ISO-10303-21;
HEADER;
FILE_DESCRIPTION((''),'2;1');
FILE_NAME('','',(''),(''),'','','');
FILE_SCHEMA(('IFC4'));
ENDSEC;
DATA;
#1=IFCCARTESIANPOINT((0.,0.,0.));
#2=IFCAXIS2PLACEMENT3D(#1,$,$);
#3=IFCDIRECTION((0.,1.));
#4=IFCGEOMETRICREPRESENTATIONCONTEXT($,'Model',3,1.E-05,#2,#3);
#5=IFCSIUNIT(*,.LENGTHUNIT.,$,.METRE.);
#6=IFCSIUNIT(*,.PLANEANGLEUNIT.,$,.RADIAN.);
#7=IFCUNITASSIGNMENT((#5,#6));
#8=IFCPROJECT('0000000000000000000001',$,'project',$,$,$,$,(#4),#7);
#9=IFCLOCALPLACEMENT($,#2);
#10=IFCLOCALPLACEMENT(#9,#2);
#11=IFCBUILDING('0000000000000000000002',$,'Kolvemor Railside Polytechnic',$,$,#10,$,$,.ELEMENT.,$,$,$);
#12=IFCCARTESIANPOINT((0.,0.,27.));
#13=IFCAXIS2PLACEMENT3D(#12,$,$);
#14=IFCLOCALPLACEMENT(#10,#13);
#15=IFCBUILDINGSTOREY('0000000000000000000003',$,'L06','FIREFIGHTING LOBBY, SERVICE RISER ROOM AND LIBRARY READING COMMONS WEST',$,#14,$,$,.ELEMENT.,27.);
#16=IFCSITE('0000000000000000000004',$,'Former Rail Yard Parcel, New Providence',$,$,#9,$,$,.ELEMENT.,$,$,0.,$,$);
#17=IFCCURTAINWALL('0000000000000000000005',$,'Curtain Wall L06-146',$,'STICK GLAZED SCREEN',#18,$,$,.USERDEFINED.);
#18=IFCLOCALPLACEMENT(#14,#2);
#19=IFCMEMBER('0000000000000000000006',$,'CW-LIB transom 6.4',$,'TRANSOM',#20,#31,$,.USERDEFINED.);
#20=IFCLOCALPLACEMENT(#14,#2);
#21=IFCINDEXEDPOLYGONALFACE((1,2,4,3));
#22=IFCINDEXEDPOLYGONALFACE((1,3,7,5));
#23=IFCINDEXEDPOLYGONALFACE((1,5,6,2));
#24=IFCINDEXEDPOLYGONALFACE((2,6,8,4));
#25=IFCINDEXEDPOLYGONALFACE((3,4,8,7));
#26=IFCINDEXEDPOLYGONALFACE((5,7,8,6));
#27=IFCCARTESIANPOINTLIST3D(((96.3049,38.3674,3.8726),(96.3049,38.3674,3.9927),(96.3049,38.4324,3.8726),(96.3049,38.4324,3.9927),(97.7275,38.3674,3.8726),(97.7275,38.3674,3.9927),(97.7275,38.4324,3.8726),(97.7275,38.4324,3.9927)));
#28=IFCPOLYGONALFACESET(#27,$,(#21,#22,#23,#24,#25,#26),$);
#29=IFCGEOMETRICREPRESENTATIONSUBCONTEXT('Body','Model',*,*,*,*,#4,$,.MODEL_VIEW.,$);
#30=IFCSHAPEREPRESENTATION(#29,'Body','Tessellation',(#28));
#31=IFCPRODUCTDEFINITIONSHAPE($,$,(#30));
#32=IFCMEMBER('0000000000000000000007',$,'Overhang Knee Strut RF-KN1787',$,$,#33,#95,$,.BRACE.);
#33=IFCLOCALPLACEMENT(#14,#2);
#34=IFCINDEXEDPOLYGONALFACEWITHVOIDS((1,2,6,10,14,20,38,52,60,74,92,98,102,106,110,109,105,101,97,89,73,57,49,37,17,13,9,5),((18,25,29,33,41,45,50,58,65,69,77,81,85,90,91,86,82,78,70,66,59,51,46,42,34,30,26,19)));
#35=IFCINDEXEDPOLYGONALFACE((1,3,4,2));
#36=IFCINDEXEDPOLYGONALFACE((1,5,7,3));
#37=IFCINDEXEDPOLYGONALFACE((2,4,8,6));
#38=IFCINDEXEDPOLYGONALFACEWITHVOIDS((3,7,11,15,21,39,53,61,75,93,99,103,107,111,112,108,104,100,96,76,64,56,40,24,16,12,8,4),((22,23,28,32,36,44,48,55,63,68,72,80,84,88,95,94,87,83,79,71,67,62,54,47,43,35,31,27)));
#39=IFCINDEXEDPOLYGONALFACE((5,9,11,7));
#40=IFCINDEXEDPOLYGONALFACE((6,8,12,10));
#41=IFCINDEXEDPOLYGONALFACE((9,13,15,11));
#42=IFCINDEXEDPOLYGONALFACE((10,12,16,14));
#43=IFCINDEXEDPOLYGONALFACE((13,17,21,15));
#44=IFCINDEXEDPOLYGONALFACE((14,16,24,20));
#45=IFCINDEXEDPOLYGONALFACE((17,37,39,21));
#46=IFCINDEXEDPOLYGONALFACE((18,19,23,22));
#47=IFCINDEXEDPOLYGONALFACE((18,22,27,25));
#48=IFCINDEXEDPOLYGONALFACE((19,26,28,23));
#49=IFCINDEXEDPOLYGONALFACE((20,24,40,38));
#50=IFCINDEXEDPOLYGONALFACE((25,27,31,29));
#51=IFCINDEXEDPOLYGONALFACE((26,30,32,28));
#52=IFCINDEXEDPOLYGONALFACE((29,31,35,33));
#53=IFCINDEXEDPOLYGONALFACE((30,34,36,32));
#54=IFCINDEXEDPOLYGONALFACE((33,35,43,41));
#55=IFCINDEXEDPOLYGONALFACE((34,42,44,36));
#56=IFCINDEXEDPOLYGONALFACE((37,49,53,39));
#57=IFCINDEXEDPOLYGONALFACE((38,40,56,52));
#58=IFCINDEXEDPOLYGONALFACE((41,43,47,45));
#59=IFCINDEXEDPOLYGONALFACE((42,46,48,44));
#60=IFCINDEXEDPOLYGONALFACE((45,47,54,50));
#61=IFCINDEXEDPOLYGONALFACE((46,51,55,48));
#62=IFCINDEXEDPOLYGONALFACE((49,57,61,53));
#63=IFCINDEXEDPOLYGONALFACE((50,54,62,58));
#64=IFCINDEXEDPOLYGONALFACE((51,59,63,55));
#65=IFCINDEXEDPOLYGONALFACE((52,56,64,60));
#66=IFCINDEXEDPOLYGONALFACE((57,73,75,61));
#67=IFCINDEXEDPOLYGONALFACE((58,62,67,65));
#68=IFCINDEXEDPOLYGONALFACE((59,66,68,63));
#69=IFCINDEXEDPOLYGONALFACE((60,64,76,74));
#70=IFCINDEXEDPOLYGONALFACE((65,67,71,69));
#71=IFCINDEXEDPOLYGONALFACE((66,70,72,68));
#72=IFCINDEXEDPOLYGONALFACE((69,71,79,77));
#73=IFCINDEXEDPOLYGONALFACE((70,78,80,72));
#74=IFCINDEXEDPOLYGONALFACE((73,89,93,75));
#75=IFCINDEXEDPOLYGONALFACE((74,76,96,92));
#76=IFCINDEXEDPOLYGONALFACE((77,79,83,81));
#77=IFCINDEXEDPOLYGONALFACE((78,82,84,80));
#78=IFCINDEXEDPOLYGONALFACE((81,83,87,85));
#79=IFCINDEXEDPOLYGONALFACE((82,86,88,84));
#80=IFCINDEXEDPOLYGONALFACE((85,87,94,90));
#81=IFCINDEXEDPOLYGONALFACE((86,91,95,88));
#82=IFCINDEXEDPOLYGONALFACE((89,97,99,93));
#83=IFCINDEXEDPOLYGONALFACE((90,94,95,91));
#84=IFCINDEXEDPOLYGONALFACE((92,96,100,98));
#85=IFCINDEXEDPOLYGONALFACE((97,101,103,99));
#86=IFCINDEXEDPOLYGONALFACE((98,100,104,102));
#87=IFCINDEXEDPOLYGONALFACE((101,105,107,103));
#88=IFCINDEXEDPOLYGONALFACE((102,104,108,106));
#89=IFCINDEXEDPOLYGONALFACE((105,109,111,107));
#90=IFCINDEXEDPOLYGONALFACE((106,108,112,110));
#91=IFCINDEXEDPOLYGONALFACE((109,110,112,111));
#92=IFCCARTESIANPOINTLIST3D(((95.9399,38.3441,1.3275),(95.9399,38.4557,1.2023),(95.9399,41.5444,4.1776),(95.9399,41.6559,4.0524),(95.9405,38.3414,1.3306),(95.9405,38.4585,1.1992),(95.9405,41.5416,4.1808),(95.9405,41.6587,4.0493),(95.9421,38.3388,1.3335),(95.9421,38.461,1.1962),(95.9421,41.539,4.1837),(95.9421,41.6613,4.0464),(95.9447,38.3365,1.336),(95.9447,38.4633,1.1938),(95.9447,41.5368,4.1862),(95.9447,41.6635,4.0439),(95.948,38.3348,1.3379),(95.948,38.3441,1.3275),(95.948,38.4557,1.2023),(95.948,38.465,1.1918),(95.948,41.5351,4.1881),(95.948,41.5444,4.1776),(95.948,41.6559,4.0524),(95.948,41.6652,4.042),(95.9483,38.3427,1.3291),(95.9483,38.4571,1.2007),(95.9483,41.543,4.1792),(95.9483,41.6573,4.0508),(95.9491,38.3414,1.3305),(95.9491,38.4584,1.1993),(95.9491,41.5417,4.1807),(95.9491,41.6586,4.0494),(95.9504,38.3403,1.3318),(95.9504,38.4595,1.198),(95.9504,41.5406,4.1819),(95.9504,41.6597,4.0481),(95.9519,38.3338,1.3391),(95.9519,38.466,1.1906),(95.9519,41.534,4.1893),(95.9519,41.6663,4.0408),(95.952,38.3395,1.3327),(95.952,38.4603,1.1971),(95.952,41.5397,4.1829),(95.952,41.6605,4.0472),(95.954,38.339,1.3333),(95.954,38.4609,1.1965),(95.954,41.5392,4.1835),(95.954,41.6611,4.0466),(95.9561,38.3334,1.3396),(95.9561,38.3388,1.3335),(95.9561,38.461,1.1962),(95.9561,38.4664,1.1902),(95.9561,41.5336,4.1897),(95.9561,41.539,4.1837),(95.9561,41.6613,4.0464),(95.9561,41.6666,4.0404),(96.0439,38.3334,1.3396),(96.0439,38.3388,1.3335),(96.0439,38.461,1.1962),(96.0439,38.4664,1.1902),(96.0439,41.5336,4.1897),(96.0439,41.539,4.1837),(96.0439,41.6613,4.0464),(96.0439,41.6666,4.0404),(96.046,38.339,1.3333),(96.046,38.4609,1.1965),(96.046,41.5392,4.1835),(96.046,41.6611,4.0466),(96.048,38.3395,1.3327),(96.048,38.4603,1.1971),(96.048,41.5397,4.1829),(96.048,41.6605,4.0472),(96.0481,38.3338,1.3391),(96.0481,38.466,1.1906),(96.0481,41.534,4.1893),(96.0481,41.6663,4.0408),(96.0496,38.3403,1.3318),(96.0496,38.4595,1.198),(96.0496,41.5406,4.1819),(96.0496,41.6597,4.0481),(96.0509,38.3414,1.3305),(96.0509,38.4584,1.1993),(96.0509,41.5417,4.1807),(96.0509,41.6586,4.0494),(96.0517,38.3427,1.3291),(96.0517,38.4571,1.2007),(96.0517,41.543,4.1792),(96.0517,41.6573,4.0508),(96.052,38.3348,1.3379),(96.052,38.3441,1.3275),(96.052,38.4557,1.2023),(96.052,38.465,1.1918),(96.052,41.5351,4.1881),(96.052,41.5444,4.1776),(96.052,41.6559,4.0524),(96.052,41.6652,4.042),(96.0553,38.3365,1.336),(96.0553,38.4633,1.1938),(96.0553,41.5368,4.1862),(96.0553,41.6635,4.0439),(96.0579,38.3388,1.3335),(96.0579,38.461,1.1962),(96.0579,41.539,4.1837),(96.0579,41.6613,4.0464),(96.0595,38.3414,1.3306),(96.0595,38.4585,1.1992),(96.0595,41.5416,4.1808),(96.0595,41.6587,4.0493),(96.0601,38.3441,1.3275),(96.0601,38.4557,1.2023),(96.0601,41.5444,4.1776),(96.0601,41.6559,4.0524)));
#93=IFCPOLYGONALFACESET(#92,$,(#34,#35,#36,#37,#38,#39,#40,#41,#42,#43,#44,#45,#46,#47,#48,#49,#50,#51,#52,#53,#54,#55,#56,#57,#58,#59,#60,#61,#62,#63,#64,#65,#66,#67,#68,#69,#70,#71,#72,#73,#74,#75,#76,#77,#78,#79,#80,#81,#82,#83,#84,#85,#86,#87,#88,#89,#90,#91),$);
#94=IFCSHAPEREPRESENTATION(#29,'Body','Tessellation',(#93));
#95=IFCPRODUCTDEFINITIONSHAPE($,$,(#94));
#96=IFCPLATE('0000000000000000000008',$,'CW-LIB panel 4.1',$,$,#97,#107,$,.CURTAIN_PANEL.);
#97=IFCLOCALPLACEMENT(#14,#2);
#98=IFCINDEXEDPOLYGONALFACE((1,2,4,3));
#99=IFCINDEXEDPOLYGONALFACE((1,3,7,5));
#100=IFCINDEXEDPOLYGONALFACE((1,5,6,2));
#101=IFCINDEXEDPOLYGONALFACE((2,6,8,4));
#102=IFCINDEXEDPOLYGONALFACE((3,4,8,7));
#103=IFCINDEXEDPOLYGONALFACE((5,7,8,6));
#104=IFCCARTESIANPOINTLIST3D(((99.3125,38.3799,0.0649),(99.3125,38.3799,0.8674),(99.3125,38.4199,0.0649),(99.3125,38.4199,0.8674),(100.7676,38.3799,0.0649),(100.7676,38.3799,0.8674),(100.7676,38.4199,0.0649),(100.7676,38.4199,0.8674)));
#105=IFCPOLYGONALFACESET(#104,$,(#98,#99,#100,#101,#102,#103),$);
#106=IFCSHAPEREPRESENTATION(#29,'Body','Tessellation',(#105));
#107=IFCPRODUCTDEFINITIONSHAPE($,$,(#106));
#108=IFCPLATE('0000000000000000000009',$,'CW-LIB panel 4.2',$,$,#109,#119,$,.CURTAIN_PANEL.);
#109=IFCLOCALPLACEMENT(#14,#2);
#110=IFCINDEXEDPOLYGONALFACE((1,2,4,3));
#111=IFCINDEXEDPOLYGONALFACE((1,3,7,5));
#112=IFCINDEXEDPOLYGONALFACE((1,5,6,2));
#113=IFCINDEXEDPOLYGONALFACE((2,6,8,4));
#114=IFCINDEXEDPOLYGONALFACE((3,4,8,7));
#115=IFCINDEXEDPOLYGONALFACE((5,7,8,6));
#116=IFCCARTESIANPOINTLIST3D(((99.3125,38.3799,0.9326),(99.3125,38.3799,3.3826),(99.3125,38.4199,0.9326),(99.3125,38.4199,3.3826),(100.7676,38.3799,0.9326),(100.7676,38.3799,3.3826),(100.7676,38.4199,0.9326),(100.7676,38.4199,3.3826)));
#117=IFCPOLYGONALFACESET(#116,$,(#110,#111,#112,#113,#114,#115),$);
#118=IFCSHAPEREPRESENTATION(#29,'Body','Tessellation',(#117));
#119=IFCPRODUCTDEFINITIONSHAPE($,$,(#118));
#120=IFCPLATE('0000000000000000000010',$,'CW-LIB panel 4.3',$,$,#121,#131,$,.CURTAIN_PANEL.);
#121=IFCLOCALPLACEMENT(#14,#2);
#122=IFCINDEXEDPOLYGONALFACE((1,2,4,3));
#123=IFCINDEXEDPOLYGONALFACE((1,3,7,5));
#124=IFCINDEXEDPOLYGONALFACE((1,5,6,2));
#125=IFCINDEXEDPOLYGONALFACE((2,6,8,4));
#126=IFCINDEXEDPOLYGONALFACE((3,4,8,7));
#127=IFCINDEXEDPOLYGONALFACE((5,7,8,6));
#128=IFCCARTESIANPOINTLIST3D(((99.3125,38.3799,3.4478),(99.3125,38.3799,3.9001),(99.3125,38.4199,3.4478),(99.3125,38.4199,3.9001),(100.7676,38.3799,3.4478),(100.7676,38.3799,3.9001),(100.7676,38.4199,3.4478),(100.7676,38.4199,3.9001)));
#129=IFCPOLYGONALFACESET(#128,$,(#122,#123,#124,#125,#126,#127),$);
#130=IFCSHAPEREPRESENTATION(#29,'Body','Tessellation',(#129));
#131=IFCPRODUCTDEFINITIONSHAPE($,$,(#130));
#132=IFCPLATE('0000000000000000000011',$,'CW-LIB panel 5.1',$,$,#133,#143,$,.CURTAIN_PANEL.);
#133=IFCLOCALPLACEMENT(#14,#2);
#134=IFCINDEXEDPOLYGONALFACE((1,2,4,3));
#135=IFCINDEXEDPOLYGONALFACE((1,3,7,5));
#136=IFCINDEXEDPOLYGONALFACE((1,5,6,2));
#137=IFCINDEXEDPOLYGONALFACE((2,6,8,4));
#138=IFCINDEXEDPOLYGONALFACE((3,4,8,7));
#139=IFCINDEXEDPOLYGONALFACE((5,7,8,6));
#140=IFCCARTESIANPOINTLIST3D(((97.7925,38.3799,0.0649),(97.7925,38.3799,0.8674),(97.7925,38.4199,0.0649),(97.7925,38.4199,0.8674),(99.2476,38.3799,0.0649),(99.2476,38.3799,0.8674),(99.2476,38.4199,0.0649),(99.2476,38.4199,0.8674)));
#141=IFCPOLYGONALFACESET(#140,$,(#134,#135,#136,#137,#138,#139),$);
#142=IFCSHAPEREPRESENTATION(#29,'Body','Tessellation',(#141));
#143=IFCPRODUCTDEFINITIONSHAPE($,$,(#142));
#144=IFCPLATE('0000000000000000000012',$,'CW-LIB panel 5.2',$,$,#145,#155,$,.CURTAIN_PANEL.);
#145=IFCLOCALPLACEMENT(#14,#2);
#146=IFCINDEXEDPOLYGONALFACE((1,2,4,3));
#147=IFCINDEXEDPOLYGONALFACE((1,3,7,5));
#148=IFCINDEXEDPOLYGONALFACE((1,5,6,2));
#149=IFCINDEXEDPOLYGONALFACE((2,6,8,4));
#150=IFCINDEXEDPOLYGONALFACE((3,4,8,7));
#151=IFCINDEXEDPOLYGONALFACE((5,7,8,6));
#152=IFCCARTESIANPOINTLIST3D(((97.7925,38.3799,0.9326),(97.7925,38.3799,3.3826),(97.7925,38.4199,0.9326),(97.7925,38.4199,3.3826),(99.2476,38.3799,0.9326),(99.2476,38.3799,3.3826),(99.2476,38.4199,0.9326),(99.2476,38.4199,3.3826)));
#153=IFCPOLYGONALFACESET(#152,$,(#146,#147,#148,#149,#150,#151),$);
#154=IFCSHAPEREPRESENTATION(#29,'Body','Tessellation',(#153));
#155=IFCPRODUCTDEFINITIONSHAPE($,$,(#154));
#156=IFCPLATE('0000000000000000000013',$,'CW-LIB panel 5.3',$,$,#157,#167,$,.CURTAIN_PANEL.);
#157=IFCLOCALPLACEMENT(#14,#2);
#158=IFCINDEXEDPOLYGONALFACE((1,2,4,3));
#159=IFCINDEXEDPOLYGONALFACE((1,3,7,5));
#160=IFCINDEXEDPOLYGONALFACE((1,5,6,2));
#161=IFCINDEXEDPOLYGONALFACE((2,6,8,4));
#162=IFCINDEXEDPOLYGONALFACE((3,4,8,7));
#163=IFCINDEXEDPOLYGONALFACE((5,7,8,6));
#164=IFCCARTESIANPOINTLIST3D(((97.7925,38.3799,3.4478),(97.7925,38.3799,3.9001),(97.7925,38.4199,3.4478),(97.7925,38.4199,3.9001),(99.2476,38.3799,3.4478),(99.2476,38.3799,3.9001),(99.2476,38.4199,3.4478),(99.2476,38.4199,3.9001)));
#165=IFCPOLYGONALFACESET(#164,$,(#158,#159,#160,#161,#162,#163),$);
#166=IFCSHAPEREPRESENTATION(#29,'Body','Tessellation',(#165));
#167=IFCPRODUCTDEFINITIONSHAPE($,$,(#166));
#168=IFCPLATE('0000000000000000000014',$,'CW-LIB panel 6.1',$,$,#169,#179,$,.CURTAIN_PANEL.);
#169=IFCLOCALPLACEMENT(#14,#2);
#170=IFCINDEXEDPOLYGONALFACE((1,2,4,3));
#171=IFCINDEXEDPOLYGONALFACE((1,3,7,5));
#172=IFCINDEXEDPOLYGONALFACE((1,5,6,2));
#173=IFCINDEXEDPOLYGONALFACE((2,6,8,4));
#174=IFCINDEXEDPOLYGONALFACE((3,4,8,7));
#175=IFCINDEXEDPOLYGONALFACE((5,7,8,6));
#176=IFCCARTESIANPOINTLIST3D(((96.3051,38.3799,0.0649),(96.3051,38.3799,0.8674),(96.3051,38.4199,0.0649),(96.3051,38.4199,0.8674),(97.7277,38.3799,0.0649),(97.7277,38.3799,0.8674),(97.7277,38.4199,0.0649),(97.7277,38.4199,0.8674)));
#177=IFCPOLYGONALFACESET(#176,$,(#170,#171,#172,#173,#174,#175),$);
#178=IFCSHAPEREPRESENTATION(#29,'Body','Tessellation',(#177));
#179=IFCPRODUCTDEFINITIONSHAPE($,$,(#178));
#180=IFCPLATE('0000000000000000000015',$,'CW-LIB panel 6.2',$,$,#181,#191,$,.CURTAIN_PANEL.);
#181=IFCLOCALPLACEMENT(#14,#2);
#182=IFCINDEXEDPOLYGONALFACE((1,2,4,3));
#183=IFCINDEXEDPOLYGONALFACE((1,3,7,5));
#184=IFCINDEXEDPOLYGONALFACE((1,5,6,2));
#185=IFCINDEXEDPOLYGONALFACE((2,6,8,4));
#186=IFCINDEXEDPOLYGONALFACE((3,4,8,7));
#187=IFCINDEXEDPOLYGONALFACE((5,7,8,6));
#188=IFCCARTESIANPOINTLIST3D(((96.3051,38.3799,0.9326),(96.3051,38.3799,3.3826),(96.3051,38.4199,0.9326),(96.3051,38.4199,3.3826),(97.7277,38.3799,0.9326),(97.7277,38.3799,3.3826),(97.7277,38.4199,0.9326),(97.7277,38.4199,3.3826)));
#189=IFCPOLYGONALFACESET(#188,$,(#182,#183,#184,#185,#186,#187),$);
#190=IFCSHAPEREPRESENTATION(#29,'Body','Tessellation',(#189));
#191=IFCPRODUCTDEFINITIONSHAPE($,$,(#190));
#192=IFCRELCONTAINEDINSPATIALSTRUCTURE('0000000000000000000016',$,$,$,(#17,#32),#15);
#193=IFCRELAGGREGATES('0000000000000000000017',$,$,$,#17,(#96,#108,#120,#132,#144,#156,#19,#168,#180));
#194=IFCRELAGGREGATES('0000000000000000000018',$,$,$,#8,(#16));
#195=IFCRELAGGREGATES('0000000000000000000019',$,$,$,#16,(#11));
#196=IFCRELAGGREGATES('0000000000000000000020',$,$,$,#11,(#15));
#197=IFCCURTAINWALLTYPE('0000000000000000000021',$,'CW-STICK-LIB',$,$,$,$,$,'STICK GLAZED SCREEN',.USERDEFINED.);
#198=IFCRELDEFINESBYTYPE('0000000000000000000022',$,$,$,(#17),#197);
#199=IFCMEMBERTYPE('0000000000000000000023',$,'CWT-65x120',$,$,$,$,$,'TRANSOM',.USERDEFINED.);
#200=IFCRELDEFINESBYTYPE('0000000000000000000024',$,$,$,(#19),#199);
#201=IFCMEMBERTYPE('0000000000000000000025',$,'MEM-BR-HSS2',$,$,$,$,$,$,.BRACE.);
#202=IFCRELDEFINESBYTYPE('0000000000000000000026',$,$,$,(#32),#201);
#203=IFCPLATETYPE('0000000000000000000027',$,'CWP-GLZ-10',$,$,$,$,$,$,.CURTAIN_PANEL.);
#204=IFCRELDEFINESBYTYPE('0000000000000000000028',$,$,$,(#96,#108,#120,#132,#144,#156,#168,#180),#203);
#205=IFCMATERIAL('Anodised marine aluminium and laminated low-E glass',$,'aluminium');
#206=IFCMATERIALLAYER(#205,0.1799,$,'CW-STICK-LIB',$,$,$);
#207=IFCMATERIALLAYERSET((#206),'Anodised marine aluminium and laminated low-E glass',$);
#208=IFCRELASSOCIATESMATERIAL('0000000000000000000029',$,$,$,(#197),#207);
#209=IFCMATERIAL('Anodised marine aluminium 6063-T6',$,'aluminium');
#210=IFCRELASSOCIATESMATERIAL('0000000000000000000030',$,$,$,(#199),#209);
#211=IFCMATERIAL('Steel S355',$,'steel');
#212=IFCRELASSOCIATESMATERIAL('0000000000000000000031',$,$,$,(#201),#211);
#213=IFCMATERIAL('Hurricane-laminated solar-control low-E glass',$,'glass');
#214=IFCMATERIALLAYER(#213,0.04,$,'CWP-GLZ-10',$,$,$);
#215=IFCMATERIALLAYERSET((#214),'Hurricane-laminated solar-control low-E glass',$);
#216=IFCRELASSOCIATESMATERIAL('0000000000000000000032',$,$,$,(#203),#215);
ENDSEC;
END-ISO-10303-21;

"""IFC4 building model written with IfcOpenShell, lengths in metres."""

from ifc_helpers import new_model, si_unit, direction, frame, origin, origin_2d, place, context, subcontext, project, spatial, rectangle, hollow_rectangle, extrude, material, layer, layer_set, material_profile, profile_set, type_object, element, aggregate, save


model = new_model("IFC4")

# Units and contexts
model_context = context("Model", 3, precision=1e-05, world=origin(), true_north=direction((0.0, 1.0)))
body_context = subcontext(model_context, "Body", "Model", "MODEL_VIEW")
ifc_project = project(units=[si_unit("LENGTHUNIT", "METRE"), si_unit("PLANEANGLEUNIT", "RADIAN")], contexts=[model_context])

# Site, building, storey
site_placement = place(None, origin())
site = spatial("IfcSite", under=ifc_project, at=site_placement, Name="Former Rail Yard Parcel, New Providence", CompositionType="ELEMENT", RefElevation=0.0)
building_placement = place(site_placement, origin())
building = spatial("IfcBuilding", under=site, at=building_placement, Name="Kolvemor Railside Polytechnic", CompositionType="ELEMENT")
storey_placement = place(building_placement, frame((0.0, 0.0, 27.0)))
storey = spatial("IfcBuildingStorey", under=building, at=storey_placement, Name="L06", Description="FIREFIGHTING LOBBY, SERVICE RISER ROOM AND LIBRARY READING COMMONS WEST", CompositionType="ELEMENT", Elevation=27.0)

# Curtain wall, member
ifc_material_1 = material(Name="Anodised marine aluminium and laminated low-E glass", Category="aluminium")
ifc_layer_1 = layer(ifc_material_1, 0.1799, Name="CW-STICK-LIB")
ifc_layer_set_1 = layer_set([ifc_layer_1], Name="Anodised marine aluminium and laminated low-E glass")
curtain_wall_type = type_object("IfcCurtainWallType", Name="CW-STICK-LIB", ElementType="STICK GLAZED SCREEN", PredefinedType="USERDEFINED", material=ifc_layer_set_1)
curtain_wall_placement = place(storey_placement, origin())
curtain_wall = element("IfcCurtainWall", 1, at=curtain_wall_placement, inside=storey, type_object=curtain_wall_type, Name="Curtain Wall L06-146", ObjectType="STICK GLAZED SCREEN", PredefinedType="USERDEFINED")
ifc_material_2 = material(Name="Anodised marine aluminium 6063-T6", Category="aluminium")
ifc_material_profile_1 = material_profile(ifc_material_2, rectangle(XDim=0.0649, YDim=0.1201, at=origin_2d()), Name="CW-TRN-65x120")
ifc_profile_set_1 = profile_set([ifc_material_profile_1], Name="Anodised marine aluminium 6063-T6")
member_type_1 = type_object("IfcMemberType", Name="CWT-65x120", ElementType="TRANSOM", PredefinedType="USERDEFINED", material=ifc_profile_set_1)
member_1_placement = place(storey_placement, frame((97.7275, 38.3999, 3.9326), z_axis=(-1.0, 0.0, 0.0), x_axis=(0.0, -1.0, 0.0)))
member_1 = element("IfcMember", 2, at=member_1_placement, type_object=member_type_1, Name="CW-LIB transom 6.4", ObjectType="TRANSOM", PredefinedType="USERDEFINED", context=body_context, shape_type="SweptSolid", body=[
    extrude(rectangle(XDim=0.0649, YDim=0.1201, at=origin_2d()), origin(), (0.0, 0.0, 1.0), 1.4226),
])

# Member
ifc_material_3 = material(Name="Steel S355", Category="steel")
ifc_material_profile_2 = material_profile(ifc_material_3, hollow_rectangle(XDim=0.1201, YDim=0.2, WallThickness=0.0081, InnerFilletRadius=0.0081, OuterFilletRadius=0.0161, at=origin_2d()), Name="HSS200x120x8")
ifc_profile_set_2 = profile_set([ifc_material_profile_2], Name="Steel S355")
member_type_2 = type_object("IfcMemberType", Name="MEM-BR-HSS2", PredefinedType="BRACE", material=ifc_profile_set_2)
member_2_placement = place(storey_placement, frame((96.0, 38.3999, 1.2649), z_axis=(0.0, 0.746774, 0.665078), x_axis=(-1.0, 0.0, 0.0)))
element("IfcMember", 3, at=member_2_placement, inside=storey, type_object=member_type_2, Name="Overhang Knee Strut RF-KN1787", PredefinedType="BRACE", context=body_context, shape_type="SweptSolid", body=[
    extrude(hollow_rectangle(XDim=0.1201, YDim=0.2, WallThickness=0.0081, InnerFilletRadius=0.0081, OuterFilletRadius=0.0161, at=origin_2d()), origin(), (0.0, 0.0, 1.0), 4.2854),
])

# Plates
ifc_material_4 = material(Name="Hurricane-laminated solar-control low-E glass", Category="glass")
ifc_layer_2 = layer(ifc_material_4, 0.04, Name="CWP-GLZ-10")
ifc_layer_set_2 = layer_set([ifc_layer_2], Name="Hurricane-laminated solar-control low-E glass")
plate_type = type_object("IfcPlateType", Name="CWP-GLZ-10", PredefinedType="CURTAIN_PANEL", material=ifc_layer_set_2)
plate_1_placement = place(storey_placement, frame((100.04, 38.3999, 0.0649), z_axis=(0.0, 0.0, 1.0), x_axis=(-1.0, 0.0, 0.0)))
plate_1 = element("IfcPlate", 4, at=plate_1_placement, type_object=plate_type, Name="CW-LIB panel 4.1", PredefinedType="CURTAIN_PANEL", context=body_context, shape_type="SweptSolid", body=[
    extrude(rectangle(XDim=1.4551, YDim=0.04, at=origin_2d()), origin(), (0.0, 0.0, 1.0), 0.8025),
])
plate_2_placement = place(storey_placement, frame((100.04, 38.3999, 0.9326), z_axis=(0.0, 0.0, 1.0), x_axis=(-1.0, 0.0, 0.0)))
plate_2 = element("IfcPlate", 5, at=plate_2_placement, type_object=plate_type, Name="CW-LIB panel 4.2", PredefinedType="CURTAIN_PANEL", context=body_context, shape_type="SweptSolid", body=[
    extrude(rectangle(XDim=1.4551, YDim=0.04, at=origin_2d()), origin(), (0.0, 0.0, 1.0), 2.45),
])
plate_3_placement = place(storey_placement, frame((100.04, 38.3999, 3.4478), z_axis=(0.0, 0.0, 1.0), x_axis=(-1.0, 0.0, 0.0)))
plate_3 = element("IfcPlate", 6, at=plate_3_placement, type_object=plate_type, Name="CW-LIB panel 4.3", PredefinedType="CURTAIN_PANEL", context=body_context, shape_type="SweptSolid", body=[
    extrude(rectangle(XDim=1.4551, YDim=0.04, at=origin_2d()), origin(), (0.0, 0.0, 1.0), 0.4524),
])
plate_4_placement = place(storey_placement, frame((98.52, 38.3999, 0.0649), z_axis=(0.0, 0.0, 1.0), x_axis=(-1.0, 0.0, 0.0)))
plate_4 = element("IfcPlate", 7, at=plate_4_placement, type_object=plate_type, Name="CW-LIB panel 5.1", PredefinedType="CURTAIN_PANEL", context=body_context, shape_type="SweptSolid", body=[
    extrude(rectangle(XDim=1.4551, YDim=0.04, at=origin_2d()), origin(), (0.0, 0.0, 1.0), 0.8025),
])
plate_5_placement = place(storey_placement, frame((98.52, 38.3999, 0.9326), z_axis=(0.0, 0.0, 1.0), x_axis=(-1.0, 0.0, 0.0)))
plate_5 = element("IfcPlate", 8, at=plate_5_placement, type_object=plate_type, Name="CW-LIB panel 5.2", PredefinedType="CURTAIN_PANEL", context=body_context, shape_type="SweptSolid", body=[
    extrude(rectangle(XDim=1.4551, YDim=0.04, at=origin_2d()), origin(), (0.0, 0.0, 1.0), 2.45),
])
plate_6_placement = place(storey_placement, frame((98.52, 38.3999, 3.4478), z_axis=(0.0, 0.0, 1.0), x_axis=(-1.0, 0.0, 0.0)))
plate_6 = element("IfcPlate", 9, at=plate_6_placement, type_object=plate_type, Name="CW-LIB panel 5.3", PredefinedType="CURTAIN_PANEL", context=body_context, shape_type="SweptSolid", body=[
    extrude(rectangle(XDim=1.4551, YDim=0.04, at=origin_2d()), origin(), (0.0, 0.0, 1.0), 0.4524),
])
plate_7_placement = place(storey_placement, frame((97.0164, 38.3999, 0.0649), z_axis=(0.0, 0.0, 1.0), x_axis=(-1.0, 0.0, 0.0)))
plate_7 = element("IfcPlate", 10, at=plate_7_placement, type_object=plate_type, Name="CW-LIB panel 6.1", PredefinedType="CURTAIN_PANEL", context=body_context, shape_type="SweptSolid", body=[
    extrude(rectangle(XDim=1.4226, YDim=0.04, at=origin_2d()), origin(), (0.0, 0.0, 1.0), 0.8025),
])
plate_8_placement = place(storey_placement, frame((97.0164, 38.3999, 0.9326), z_axis=(0.0, 0.0, 1.0), x_axis=(-1.0, 0.0, 0.0)))
plate_8 = element("IfcPlate", 11, at=plate_8_placement, type_object=plate_type, Name="CW-LIB panel 6.2", PredefinedType="CURTAIN_PANEL", context=body_context, shape_type="SweptSolid", body=[
    extrude(rectangle(XDim=1.4226, YDim=0.04, at=origin_2d()), origin(), (0.0, 0.0, 1.0), 2.45),
])
aggregate(curtain_wall, [plate_1, plate_2, plate_3, plate_4, plate_5, plate_6, member_1, plate_7, plate_8])

save(model, "model.ifc")
